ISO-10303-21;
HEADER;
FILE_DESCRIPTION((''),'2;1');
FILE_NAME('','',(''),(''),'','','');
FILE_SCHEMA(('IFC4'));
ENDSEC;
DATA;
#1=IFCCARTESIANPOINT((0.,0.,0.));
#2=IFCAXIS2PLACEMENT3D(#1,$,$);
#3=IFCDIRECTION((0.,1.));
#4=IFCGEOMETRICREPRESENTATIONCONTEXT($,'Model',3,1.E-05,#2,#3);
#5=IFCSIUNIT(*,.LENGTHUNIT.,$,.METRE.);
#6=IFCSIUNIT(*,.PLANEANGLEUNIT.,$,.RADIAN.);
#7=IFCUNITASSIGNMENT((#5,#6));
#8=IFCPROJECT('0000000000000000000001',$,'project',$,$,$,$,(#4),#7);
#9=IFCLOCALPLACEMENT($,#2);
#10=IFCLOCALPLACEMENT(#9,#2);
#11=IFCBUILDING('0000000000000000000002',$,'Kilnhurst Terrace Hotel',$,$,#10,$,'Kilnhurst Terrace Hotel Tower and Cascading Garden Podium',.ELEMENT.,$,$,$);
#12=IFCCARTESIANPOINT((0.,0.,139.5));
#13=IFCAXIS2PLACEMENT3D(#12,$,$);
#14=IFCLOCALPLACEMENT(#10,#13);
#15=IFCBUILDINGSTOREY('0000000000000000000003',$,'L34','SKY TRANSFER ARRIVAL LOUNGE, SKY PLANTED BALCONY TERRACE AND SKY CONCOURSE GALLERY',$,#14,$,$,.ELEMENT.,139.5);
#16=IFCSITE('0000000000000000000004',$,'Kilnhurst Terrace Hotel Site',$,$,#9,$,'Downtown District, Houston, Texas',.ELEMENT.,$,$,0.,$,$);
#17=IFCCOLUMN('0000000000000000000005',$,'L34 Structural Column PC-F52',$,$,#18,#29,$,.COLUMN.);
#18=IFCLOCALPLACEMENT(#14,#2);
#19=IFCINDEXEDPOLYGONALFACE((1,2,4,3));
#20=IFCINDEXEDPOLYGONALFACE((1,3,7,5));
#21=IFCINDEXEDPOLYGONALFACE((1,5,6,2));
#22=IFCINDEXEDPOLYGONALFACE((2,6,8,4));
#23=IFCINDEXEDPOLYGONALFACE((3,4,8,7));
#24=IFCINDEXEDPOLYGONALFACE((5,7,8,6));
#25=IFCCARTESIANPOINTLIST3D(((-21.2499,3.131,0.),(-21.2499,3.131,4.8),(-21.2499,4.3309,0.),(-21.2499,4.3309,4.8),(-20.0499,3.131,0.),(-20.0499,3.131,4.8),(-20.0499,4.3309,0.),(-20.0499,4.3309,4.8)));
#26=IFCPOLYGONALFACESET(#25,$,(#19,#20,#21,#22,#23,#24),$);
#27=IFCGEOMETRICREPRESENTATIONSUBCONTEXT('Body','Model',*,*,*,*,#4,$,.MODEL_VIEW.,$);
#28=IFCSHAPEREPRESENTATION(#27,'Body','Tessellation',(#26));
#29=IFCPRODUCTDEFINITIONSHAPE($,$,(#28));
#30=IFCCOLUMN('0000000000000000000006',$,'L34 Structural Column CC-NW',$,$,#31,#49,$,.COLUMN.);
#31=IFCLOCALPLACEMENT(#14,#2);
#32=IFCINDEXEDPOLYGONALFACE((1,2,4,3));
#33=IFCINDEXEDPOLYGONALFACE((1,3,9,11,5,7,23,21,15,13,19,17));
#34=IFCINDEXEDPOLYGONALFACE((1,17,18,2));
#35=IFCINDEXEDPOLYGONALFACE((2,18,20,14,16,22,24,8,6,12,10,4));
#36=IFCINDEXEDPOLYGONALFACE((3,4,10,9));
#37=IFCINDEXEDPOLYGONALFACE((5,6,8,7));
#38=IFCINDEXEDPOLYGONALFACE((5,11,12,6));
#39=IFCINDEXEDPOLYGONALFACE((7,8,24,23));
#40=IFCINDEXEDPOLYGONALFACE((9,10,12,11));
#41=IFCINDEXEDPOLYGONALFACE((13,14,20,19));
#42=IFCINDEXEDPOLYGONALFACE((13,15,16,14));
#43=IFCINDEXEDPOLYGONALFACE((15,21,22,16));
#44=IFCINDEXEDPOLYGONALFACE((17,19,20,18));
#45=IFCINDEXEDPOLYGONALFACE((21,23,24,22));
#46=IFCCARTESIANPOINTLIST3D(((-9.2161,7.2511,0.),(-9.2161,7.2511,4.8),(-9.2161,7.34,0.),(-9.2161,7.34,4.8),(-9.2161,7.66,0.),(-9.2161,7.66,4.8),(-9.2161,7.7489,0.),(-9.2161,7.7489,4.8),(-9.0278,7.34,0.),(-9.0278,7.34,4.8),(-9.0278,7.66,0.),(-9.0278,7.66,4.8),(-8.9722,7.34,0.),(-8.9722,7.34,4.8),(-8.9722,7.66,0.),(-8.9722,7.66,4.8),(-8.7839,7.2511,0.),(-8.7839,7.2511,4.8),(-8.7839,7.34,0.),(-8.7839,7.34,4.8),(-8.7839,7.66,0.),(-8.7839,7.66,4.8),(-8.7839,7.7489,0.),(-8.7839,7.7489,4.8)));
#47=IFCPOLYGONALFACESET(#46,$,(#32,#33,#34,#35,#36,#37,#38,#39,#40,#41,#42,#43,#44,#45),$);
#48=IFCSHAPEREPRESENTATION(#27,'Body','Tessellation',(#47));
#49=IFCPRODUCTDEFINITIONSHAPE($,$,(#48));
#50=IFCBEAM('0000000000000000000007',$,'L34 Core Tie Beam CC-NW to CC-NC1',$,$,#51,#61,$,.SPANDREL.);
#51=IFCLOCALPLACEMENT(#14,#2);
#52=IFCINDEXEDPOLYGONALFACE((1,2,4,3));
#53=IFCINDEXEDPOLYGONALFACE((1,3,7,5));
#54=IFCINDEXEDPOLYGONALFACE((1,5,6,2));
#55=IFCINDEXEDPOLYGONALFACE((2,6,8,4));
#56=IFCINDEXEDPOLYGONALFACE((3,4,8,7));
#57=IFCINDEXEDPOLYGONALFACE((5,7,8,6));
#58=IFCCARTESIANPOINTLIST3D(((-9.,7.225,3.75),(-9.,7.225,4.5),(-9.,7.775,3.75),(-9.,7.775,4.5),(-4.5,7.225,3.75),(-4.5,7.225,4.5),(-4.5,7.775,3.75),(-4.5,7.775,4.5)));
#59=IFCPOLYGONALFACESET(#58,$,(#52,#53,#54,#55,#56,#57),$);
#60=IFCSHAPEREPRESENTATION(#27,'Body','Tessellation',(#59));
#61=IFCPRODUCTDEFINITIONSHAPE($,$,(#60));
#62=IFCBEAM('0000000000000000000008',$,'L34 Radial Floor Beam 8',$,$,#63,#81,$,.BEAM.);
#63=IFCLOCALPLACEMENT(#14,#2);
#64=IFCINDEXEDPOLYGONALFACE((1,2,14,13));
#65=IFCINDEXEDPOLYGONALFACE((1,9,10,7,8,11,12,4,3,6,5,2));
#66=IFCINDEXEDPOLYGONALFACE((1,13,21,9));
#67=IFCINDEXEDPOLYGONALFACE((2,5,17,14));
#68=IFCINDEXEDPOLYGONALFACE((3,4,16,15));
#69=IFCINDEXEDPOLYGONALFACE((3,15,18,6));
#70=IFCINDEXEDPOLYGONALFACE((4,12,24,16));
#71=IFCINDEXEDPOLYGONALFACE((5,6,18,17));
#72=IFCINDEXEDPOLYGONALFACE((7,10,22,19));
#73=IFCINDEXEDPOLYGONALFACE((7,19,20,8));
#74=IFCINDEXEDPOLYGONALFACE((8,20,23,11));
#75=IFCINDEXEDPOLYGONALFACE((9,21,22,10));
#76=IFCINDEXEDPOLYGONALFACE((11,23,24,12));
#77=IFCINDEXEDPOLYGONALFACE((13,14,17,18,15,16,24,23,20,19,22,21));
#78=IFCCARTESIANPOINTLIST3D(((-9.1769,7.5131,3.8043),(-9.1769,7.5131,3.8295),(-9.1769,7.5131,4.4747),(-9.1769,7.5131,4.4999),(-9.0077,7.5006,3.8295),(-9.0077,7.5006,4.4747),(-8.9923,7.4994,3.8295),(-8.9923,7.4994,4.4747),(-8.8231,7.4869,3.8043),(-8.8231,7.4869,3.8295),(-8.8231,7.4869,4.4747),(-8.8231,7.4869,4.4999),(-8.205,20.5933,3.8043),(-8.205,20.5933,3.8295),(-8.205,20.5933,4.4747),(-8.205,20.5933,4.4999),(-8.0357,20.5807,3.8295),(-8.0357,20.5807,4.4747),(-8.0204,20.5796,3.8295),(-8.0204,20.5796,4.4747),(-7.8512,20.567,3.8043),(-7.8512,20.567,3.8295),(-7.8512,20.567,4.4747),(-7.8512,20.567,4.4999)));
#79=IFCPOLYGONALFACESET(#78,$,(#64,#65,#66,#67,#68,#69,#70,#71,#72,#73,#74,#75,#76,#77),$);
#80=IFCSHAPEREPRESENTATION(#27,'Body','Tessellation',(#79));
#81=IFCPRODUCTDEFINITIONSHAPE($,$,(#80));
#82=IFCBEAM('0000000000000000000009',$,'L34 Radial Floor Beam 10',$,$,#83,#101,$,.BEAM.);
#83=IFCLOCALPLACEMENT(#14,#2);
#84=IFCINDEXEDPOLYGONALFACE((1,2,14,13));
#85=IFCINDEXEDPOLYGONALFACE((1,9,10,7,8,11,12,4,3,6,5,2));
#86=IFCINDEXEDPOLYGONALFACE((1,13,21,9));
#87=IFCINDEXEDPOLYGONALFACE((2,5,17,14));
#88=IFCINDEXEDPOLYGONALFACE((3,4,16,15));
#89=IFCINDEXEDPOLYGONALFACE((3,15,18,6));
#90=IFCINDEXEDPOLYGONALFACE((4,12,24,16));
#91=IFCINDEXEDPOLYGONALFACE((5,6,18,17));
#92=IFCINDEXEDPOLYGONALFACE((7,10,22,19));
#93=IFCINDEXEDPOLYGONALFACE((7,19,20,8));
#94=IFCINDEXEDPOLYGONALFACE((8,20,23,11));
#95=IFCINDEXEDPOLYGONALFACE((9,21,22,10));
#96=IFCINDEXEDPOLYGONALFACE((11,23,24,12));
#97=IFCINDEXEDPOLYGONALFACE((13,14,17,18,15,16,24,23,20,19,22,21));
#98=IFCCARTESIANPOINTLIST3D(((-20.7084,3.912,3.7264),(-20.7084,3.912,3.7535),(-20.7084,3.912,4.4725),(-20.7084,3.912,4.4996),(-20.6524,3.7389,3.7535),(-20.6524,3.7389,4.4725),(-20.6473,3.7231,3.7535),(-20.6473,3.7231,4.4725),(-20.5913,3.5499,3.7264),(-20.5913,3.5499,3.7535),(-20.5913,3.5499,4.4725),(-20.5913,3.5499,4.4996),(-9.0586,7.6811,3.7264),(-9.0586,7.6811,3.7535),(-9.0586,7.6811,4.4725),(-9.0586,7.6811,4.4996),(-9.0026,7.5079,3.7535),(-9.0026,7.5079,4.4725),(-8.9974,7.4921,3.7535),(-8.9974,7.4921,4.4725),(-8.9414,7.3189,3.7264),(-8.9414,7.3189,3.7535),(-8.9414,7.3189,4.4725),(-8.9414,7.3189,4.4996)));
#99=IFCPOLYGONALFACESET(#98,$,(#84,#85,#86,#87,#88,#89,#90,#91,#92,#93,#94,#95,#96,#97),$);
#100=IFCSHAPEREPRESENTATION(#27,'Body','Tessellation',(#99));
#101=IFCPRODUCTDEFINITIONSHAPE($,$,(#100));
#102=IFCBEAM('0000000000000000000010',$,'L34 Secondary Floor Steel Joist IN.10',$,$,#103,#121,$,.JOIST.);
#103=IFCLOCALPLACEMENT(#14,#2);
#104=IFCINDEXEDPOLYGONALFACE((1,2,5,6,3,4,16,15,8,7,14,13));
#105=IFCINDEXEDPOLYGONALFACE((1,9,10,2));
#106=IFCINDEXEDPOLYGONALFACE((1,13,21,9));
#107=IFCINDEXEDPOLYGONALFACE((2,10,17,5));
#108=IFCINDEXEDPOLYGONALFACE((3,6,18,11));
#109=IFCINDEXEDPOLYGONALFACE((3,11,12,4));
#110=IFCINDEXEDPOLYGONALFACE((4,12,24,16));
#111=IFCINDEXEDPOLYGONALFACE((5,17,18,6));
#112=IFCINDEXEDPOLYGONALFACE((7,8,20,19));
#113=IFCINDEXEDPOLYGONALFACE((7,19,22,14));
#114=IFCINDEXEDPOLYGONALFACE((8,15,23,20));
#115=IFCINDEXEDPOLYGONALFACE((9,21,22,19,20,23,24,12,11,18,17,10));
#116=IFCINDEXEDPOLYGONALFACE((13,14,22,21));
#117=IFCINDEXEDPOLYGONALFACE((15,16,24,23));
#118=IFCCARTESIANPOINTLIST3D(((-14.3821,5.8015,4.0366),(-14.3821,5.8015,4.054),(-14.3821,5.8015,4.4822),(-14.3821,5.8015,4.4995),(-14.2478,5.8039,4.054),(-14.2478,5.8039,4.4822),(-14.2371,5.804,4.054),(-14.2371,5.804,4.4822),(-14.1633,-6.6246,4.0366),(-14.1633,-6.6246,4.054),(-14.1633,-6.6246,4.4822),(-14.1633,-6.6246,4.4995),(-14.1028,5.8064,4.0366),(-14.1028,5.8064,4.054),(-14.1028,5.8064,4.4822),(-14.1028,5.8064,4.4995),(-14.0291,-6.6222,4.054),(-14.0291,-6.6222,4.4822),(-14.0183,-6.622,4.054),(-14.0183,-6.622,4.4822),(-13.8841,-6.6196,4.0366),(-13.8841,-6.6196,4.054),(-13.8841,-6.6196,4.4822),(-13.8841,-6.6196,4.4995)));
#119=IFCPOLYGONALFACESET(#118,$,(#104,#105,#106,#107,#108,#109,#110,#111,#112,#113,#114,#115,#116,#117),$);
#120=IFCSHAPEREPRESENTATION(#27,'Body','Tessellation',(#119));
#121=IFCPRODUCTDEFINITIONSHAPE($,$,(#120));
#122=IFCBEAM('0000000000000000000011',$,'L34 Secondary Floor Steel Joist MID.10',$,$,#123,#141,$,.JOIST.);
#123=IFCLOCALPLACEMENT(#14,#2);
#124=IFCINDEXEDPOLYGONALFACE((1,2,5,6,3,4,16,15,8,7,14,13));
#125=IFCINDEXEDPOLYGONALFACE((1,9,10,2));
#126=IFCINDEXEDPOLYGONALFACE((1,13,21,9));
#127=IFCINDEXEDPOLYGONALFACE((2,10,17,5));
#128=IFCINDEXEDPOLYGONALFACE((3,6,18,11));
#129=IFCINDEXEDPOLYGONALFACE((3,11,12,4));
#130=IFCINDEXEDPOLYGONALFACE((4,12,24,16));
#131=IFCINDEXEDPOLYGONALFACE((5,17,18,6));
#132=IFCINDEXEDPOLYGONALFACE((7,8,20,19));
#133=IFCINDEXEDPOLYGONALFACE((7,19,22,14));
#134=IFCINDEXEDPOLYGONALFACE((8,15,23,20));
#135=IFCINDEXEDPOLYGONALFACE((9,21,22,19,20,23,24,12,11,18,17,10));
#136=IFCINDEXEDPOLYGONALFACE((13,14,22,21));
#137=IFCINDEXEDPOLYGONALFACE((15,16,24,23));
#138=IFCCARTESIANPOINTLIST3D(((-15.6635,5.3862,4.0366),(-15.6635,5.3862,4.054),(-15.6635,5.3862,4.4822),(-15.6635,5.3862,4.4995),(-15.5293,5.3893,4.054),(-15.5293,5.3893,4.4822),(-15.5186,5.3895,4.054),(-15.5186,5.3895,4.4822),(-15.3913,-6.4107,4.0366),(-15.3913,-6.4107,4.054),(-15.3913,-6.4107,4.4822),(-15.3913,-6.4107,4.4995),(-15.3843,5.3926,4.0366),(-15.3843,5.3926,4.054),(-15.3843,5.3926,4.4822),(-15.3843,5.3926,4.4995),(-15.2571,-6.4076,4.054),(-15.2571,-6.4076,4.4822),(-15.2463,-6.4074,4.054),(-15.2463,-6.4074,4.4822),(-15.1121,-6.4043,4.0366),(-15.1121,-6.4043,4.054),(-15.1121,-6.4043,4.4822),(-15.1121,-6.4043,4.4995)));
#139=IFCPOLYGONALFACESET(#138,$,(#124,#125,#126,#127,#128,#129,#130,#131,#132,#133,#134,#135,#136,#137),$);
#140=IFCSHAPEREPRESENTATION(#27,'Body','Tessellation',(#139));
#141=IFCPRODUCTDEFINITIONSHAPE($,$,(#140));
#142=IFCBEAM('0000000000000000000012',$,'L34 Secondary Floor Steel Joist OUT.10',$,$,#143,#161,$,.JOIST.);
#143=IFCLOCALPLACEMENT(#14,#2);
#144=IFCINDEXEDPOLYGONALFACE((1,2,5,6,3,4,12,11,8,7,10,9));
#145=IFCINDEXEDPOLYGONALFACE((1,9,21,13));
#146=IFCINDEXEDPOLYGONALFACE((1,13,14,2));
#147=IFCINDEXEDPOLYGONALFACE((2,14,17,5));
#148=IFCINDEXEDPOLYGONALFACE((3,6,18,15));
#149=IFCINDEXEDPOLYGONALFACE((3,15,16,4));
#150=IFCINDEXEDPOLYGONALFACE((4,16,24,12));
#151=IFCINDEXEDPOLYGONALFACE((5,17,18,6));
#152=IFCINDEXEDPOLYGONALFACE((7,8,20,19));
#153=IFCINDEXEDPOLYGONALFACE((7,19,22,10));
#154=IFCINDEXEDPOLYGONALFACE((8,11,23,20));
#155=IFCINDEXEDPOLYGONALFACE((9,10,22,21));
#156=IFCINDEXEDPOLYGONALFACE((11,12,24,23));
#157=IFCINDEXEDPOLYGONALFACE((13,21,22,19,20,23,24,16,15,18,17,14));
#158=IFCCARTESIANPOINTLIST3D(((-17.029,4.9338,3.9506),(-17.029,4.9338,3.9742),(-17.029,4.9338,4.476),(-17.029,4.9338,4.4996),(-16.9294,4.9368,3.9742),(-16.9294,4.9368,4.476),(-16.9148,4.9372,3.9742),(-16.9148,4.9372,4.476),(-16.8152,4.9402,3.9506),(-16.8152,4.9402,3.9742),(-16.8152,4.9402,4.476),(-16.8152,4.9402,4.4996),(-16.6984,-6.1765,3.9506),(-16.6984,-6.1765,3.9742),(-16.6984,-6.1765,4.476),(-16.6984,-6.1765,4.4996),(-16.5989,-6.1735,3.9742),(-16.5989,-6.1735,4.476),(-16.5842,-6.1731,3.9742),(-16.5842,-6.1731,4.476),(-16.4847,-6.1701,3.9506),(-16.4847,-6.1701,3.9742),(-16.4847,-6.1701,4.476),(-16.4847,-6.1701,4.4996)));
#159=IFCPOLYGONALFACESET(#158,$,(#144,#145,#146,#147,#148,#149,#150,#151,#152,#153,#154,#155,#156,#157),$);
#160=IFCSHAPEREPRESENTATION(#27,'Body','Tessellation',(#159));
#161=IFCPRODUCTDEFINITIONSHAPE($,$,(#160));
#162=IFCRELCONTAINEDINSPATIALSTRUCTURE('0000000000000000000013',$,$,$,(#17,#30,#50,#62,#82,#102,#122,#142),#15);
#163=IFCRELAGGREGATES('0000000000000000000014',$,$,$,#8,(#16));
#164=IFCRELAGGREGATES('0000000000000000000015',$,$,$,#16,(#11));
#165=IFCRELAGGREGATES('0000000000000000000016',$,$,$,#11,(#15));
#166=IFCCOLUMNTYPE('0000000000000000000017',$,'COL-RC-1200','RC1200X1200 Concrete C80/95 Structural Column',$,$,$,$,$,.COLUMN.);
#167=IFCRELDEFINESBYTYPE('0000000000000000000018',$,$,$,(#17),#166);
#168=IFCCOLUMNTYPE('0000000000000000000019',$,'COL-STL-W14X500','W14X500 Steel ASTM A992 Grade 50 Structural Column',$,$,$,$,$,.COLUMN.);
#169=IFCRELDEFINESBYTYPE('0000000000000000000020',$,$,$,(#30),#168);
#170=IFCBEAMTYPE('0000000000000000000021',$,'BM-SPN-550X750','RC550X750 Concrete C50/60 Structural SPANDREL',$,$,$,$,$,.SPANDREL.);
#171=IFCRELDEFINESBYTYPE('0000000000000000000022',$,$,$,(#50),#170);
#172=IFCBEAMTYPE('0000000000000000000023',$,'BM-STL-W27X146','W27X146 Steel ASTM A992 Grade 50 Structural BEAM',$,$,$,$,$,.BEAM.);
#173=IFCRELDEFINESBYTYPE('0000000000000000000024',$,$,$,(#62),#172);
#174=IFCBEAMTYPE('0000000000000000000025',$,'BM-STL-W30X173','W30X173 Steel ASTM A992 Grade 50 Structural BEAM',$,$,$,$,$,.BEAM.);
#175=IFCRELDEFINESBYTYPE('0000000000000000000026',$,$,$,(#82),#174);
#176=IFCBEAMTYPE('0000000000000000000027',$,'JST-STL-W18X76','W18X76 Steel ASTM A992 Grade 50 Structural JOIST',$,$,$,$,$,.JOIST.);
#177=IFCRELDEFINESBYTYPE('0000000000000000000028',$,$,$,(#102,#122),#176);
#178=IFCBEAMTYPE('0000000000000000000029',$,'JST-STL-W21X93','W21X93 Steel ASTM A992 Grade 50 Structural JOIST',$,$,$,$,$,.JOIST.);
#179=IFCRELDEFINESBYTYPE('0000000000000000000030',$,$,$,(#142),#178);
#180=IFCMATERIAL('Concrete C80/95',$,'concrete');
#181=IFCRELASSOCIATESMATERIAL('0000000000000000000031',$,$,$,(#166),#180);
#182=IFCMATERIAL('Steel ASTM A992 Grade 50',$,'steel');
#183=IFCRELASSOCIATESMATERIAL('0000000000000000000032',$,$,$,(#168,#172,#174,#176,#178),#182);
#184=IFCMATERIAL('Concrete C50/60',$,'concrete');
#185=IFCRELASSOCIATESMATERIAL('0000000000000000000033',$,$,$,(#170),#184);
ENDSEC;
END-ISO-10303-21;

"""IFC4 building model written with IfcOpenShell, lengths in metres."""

from ifc_helpers import new_model, si_unit, direction, frame, origin, origin_2d, place, context, subcontext, project, spatial, rectangle, i_section, extrude, material, material_profile, profile_set, type_object, element, save


model = new_model("IFC4")

# Units and contexts
model_context = context("Model", 3, precision=1e-05, world=origin(), true_north=direction((0.0, 1.0)))
body_context = subcontext(model_context, "Body", "Model", "MODEL_VIEW")
ifc_project = project(units=[si_unit("LENGTHUNIT", "METRE"), si_unit("PLANEANGLEUNIT", "RADIAN")], contexts=[model_context])

# Site, building, storey
site_placement = place(None, origin())
site = spatial("IfcSite", under=ifc_project, at=site_placement, Name="Kilnhurst Terrace Hotel Site", LongName="Downtown District, Houston, Texas", CompositionType="ELEMENT", RefElevation=0.0)
building_placement = place(site_placement, origin())
building = spatial("IfcBuilding", under=site, at=building_placement, Name="Kilnhurst Terrace Hotel", LongName="Kilnhurst Terrace Hotel Tower and Cascading Garden Podium", CompositionType="ELEMENT")
storey_placement = place(building_placement, frame((0.0, 0.0, 139.5)))
storey = spatial("IfcBuildingStorey", under=building, at=storey_placement, Name="L34", Description="SKY TRANSFER ARRIVAL LOUNGE, SKY PLANTED BALCONY TERRACE AND SKY CONCOURSE GALLERY", CompositionType="ELEMENT", Elevation=139.5)

# Columns
ifc_material_1 = material(Name="Concrete C80/95", Category="concrete")
ifc_material_profile_1 = material_profile(ifc_material_1, rectangle(XDim=1.2, YDim=1.2, at=origin_2d()), Name="RC1200X1200")
ifc_profile_set_1 = profile_set([ifc_material_profile_1], Name="Concrete C80/95")
column_type_1 = type_object("IfcColumnType", Name="COL-RC-1200", Description="RC1200X1200 Concrete C80/95 Structural Column", PredefinedType="COLUMN", material=ifc_profile_set_1)
column_1_placement = place(storey_placement, frame((-20.6499, 3.731, 0.0), z_axis=(0.0, 0.0, 1.0), x_axis=(1.0, 0.0, 0.0)))
element("IfcColumn", 1, at=column_1_placement, inside=storey, type_object=column_type_1, Name="L34 Structural Column PC-F52", PredefinedType="COLUMN", context=body_context, shape_type="SweptSolid", body=[
    extrude(rectangle(XDim=1.2, YDim=1.2, at=origin_2d()), origin(), (0.0, 0.0, 1.0), 4.8),
])
ifc_material_2 = material(Name="Steel ASTM A992 Grade 50", Category="steel")
ifc_material_profile_2 = material_profile(ifc_material_2, i_section(OverallWidth=0.4321, OverallDepth=0.4978, WebThickness=0.0557, FlangeThickness=0.0889, at=origin_2d()), Name="W14X500")
ifc_profile_set_2 = profile_set([ifc_material_profile_2], Name="Steel ASTM A992 Grade 50")
column_type_2 = type_object("IfcColumnType", Name="COL-STL-W14X500", Description="W14X500 Steel ASTM A992 Grade 50 Structural Column", PredefinedType="COLUMN", material=ifc_profile_set_2)
column_2_placement = place(storey_placement, frame((-9.0, 7.5, 0.0), z_axis=(0.0, 0.0, 1.0), x_axis=(1.0, 0.0, 0.0)))
element("IfcColumn", 2, at=column_2_placement, inside=storey, type_object=column_type_2, Name="L34 Structural Column CC-NW", PredefinedType="COLUMN", context=body_context, shape_type="SweptSolid", body=[
    extrude(i_section(OverallWidth=0.4321, OverallDepth=0.4978, WebThickness=0.0557, FlangeThickness=0.0889, at=origin_2d()), origin(), (0.0, 0.0, 1.0), 4.8),
])

# Beams
ifc_material_3 = material(Name="Concrete C50/60", Category="concrete")
ifc_material_profile_3 = material_profile(ifc_material_3, rectangle(XDim=0.55, YDim=0.75, at=origin_2d()), Name="RC550X750")
ifc_profile_set_3 = profile_set([ifc_material_profile_3], Name="Concrete C50/60")
beam_type_1 = type_object("IfcBeamType", Name="BM-SPN-550X750", Description="RC550X750 Concrete C50/60 Structural SPANDREL", PredefinedType="SPANDREL", material=ifc_profile_set_3)
beam_1_placement = place(storey_placement, frame((-9.0, 7.5, 4.125), z_axis=(1.0, 0.0, 0.0), x_axis=(0.0, 1.0, 0.0)))
element("IfcBeam", 3, at=beam_1_placement, inside=storey, type_object=beam_type_1, Name="L34 Core Tie Beam CC-NW to CC-NC1", PredefinedType="SPANDREL", context=body_context, shape_type="SweptSolid", body=[
    extrude(rectangle(XDim=0.55, YDim=0.75, at=origin_2d()), origin(), (0.0, 0.0, 1.0), 4.5),
])
ifc_material_profile_4 = material_profile(ifc_material_2, i_section(OverallWidth=0.3547, OverallDepth=0.6956, WebThickness=0.0154, FlangeThickness=0.0251, at=origin_2d()), Name="W27X146")
ifc_profile_set_4 = profile_set([ifc_material_profile_4], Name="Steel ASTM A992 Grade 50")
beam_type_2 = type_object("IfcBeamType", Name="BM-STL-W27X146", Description="W27X146 Steel ASTM A992 Grade 50 Structural BEAM", PredefinedType="BEAM", material=ifc_profile_set_4)
beam_2_placement = place(storey_placement, frame((-9.0, 7.5, 4.1521), z_axis=(0.074101, 0.997251, 0.0), x_axis=(-0.997251, 0.074101, 0.0)))
element("IfcBeam", 4, at=beam_2_placement, inside=storey, type_object=beam_type_2, Name="L34 Radial Floor Beam 8", PredefinedType="BEAM", context=body_context, shape_type="SweptSolid", body=[
    extrude(i_section(OverallWidth=0.3547, OverallDepth=0.6956, WebThickness=0.0154, FlangeThickness=0.0251, at=origin_2d()), origin(), (0.0, 0.0, 1.0), 13.1162),
])
ifc_material_profile_5 = material_profile(ifc_material_2, i_section(OverallWidth=0.3806, OverallDepth=0.7732, WebThickness=0.0166, FlangeThickness=0.0271, at=origin_2d()), Name="W30X173")
ifc_profile_set_5 = profile_set([ifc_material_profile_5], Name="Steel ASTM A992 Grade 50")
beam_type_3 = type_object("IfcBeamType", Name="BM-STL-W30X173", Description="W30X173 Steel ASTM A992 Grade 50 Structural BEAM", PredefinedType="BEAM", material=ifc_profile_set_5)
beam_3_placement = place(storey_placement, frame((-9.0, 7.5, 4.113), z_axis=(-0.951446, -0.307817, 0.0), x_axis=(0.307817, -0.951446, 0.0)))
element("IfcBeam", 5, at=beam_3_placement, inside=storey, type_object=beam_type_3, Name="L34 Radial Floor Beam 10", PredefinedType="BEAM", context=body_context, shape_type="SweptSolid", body=[
    extrude(i_section(OverallWidth=0.3806, OverallDepth=0.7732, WebThickness=0.0166, FlangeThickness=0.0271, at=origin_2d()), origin(), (0.0, 0.0, 1.0), 12.2444),
])
ifc_material_profile_6 = material_profile(ifc_material_2, i_section(OverallWidth=0.2793, OverallDepth=0.4629, WebThickness=0.0107, FlangeThickness=0.0173, at=origin_2d()), Name="W18X76")
ifc_profile_set_6 = profile_set([ifc_material_profile_6], Name="Steel ASTM A992 Grade 50")
beam_type_4 = type_object("IfcBeamType", Name="JST-STL-W18X76", Description="W18X76 Steel ASTM A992 Grade 50 Structural JOIST", PredefinedType="JOIST", material=ifc_profile_set_6)
beam_4_placement = place(storey_placement, frame((-14.2424, 5.804, 4.2681), z_axis=(0.017601, -0.999845, 0.0), x_axis=(0.999845, 0.017601, 0.0)))
element("IfcBeam", 6, at=beam_4_placement, inside=storey, type_object=beam_type_4, Name="L34 Secondary Floor Steel Joist IN.10", PredefinedType="JOIST", context=body_context, shape_type="SweptSolid", body=[
    extrude(i_section(OverallWidth=0.2793, OverallDepth=0.4629, WebThickness=0.0107, FlangeThickness=0.0173, at=origin_2d()), origin(), (0.0, 0.0, 1.0), 12.428),
])
beam_5_placement = place(storey_placement, frame((-15.5239, 5.3894, 4.2681), z_axis=(0.023069, -0.999734, 0.0), x_axis=(0.999734, 0.023069, 0.0)))
element("IfcBeam", 7, at=beam_5_placement, inside=storey, type_object=beam_type_4, Name="L34 Secondary Floor Steel Joist MID.10", PredefinedType="JOIST", context=body_context, shape_type="SweptSolid", body=[
    extrude(i_section(OverallWidth=0.2793, OverallDepth=0.4629, WebThickness=0.0107, FlangeThickness=0.0173, at=origin_2d()), origin(), (0.0, 0.0, 1.0), 11.8),
])
ifc_material_profile_7 = material_profile(ifc_material_2, i_section(OverallWidth=0.2139, OverallDepth=0.5491, WebThickness=0.0146, FlangeThickness=0.0237, at=origin_2d()), Name="W21X93")
ifc_profile_set_7 = profile_set([ifc_material_profile_7], Name="Steel ASTM A992 Grade 50")
beam_type_5 = type_object("IfcBeamType", Name="JST-STL-W21X93", Description="W21X93 Steel ASTM A992 Grade 50 Structural JOIST", PredefinedType="JOIST", material=ifc_profile_set_7)
beam_6_placement = place(storey_placement, frame((-16.9221, 4.937, 4.2251), z_axis=(0.02974, -0.999558, 0.0), x_axis=(0.999558, 0.02974, 0.0)))
element("IfcBeam", 8, at=beam_6_placement, inside=storey, type_object=beam_type_5, Name="L34 Secondary Floor Steel Joist OUT.10", PredefinedType="JOIST", context=body_context, shape_type="SweptSolid", body=[
    extrude(i_section(OverallWidth=0.2139, OverallDepth=0.5491, WebThickness=0.0146, FlangeThickness=0.0237, at=origin_2d()), origin(), (0.0, 0.0, 1.0), 11.1152),
])

save(model, "model.ifc")
